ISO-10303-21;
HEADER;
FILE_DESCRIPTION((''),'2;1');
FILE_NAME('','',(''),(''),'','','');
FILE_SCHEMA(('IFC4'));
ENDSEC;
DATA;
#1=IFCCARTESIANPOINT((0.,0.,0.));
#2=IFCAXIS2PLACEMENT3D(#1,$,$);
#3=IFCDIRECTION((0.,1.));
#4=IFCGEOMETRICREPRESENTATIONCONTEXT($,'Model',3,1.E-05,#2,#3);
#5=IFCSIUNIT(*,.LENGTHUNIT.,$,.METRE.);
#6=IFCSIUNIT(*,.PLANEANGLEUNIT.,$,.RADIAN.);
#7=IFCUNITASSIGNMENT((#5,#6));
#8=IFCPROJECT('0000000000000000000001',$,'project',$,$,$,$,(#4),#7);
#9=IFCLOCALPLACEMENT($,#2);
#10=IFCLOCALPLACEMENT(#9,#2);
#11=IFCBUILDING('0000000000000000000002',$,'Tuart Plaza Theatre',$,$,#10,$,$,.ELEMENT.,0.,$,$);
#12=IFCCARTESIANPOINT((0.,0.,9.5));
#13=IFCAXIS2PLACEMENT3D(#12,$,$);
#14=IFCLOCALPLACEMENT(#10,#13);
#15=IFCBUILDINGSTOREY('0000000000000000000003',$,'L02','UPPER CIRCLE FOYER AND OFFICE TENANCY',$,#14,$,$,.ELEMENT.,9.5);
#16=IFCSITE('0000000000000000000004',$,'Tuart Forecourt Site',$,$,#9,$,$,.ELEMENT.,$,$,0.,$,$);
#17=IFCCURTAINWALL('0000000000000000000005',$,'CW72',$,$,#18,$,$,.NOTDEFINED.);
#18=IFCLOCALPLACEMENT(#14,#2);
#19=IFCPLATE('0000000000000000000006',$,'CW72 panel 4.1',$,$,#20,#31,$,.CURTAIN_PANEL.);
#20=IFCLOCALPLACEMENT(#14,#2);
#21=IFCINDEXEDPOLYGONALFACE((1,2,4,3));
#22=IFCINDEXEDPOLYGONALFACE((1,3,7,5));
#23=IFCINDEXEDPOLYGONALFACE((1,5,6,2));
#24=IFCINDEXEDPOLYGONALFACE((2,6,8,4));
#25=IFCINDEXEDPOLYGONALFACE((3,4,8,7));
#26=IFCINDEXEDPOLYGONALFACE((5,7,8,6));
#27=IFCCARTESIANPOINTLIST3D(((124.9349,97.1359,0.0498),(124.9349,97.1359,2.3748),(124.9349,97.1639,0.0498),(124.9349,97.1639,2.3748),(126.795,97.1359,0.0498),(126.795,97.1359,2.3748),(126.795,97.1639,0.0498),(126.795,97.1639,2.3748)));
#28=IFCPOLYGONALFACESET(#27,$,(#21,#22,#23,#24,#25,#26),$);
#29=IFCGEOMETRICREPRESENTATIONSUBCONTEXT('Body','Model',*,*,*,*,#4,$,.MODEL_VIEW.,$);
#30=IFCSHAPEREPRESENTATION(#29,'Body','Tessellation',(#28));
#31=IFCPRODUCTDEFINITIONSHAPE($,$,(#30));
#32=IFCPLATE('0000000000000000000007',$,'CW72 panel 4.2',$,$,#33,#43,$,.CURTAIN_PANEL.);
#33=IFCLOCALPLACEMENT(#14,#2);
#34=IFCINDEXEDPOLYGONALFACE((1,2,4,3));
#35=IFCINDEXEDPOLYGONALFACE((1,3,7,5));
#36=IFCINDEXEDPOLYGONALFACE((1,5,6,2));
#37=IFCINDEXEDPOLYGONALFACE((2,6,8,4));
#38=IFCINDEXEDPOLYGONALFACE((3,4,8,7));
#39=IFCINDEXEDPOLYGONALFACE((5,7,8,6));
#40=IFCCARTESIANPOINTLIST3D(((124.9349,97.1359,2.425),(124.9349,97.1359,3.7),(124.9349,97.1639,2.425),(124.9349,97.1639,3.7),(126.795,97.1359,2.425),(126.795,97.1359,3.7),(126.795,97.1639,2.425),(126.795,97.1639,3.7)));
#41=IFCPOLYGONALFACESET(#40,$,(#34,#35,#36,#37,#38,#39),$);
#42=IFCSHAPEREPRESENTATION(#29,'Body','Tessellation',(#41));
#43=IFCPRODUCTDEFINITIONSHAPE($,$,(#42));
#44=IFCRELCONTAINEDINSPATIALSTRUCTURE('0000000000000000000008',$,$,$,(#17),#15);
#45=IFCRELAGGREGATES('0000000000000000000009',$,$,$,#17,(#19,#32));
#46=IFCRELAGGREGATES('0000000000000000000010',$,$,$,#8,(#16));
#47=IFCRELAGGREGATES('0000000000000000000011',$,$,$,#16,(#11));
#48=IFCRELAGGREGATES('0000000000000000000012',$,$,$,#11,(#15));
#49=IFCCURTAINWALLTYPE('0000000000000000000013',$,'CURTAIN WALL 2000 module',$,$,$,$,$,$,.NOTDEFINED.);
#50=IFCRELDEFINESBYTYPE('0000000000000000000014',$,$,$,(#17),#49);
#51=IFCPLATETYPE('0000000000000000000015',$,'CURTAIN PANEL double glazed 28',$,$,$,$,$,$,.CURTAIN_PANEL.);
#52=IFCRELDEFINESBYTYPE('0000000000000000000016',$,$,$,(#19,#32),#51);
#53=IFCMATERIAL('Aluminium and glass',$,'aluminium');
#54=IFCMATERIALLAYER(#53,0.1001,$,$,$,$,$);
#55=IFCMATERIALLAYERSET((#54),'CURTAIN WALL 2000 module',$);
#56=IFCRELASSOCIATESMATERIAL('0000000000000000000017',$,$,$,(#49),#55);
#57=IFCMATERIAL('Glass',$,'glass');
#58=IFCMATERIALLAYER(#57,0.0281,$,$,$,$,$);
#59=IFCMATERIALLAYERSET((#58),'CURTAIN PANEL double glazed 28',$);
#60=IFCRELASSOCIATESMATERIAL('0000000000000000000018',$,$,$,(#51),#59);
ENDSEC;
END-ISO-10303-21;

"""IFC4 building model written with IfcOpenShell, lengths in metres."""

from ifc_helpers import new_model, si_unit, direction, frame, origin, origin_2d, place, context, subcontext, project, spatial, rectangle, extrude, material, layer, layer_set, type_object, element, aggregate, save


model = new_model("IFC4")

# Units and contexts
model_context = context("Model", 3, precision=1e-05, world=origin(), true_north=direction((0.0, 1.0)))
body_context = subcontext(model_context, "Body", "Model", "MODEL_VIEW")
ifc_project = project(units=[si_unit("LENGTHUNIT", "METRE"), si_unit("PLANEANGLEUNIT", "RADIAN")], contexts=[model_context])

# Site, building, storey
site_placement = place(None, origin())
site = spatial("IfcSite", under=ifc_project, at=site_placement, Name="Tuart Forecourt Site", CompositionType="ELEMENT", RefElevation=0.0)
building_placement = place(site_placement, origin())
building = spatial("IfcBuilding", under=site, at=building_placement, Name="Tuart Plaza Theatre", CompositionType="ELEMENT", ElevationOfRefHeight=0.0)
storey_placement = place(building_placement, frame((0.0, 0.0, 9.5)))
storey = spatial("IfcBuildingStorey", under=building, at=storey_placement, Name="L02", Description="UPPER CIRCLE FOYER AND OFFICE TENANCY", CompositionType="ELEMENT", Elevation=9.5)

# Curtain wall, plates
ifc_material_1 = material(Name="Aluminium and glass", Category="aluminium")
ifc_layer_1 = layer(ifc_material_1, 0.1001)
ifc_layer_set_1 = layer_set([ifc_layer_1], Name="CURTAIN WALL 2000 module")
curtain_wall_type = type_object("IfcCurtainWallType", Name="CURTAIN WALL 2000 module", PredefinedType="NOTDEFINED", material=ifc_layer_set_1)
curtain_wall_placement = place(storey_placement, origin())
curtain_wall = element("IfcCurtainWall", 1, at=curtain_wall_placement, inside=storey, type_object=curtain_wall_type, Name="CW72", PredefinedType="NOTDEFINED")
ifc_material_2 = material(Name="Glass", Category="glass")
ifc_layer_2 = layer(ifc_material_2, 0.0281)
ifc_layer_set_2 = layer_set([ifc_layer_2], Name="CURTAIN PANEL double glazed 28")
plate_type = type_object("IfcPlateType", Name="CURTAIN PANEL double glazed 28", PredefinedType="CURTAIN_PANEL", material=ifc_layer_set_2)
plate_1_placement = place(storey_placement, frame((125.865, 97.1499, 0.0498), z_axis=(0.0, 0.0, 1.0), x_axis=(-1.0, 0.0, 0.0)))
plate_1 = element("IfcPlate", 2, at=plate_1_placement, type_object=plate_type, Name="CW72 panel 4.1", PredefinedType="CURTAIN_PANEL", context=body_context, shape_type="SweptSolid", body=[
    extrude(rectangle(XDim=1.8601, YDim=0.0281, at=origin_2d()), origin(), (0.0, 0.0, 1.0), 2.325),
])
plate_2_placement = place(storey_placement, frame((125.865, 97.1499, 2.425), z_axis=(0.0, 0.0, 1.0), x_axis=(-1.0, 0.0, 0.0)))
plate_2 = element("IfcPlate", 3, at=plate_2_placement, type_object=plate_type, Name="CW72 panel 4.2", PredefinedType="CURTAIN_PANEL", context=body_context, shape_type="SweptSolid", body=[
    extrude(rectangle(XDim=1.8601, YDim=0.0281, at=origin_2d()), origin(), (0.0, 0.0, 1.0), 1.2749),
])
aggregate(curtain_wall, [plate_1, plate_2])

save(model, "model.ifc")
